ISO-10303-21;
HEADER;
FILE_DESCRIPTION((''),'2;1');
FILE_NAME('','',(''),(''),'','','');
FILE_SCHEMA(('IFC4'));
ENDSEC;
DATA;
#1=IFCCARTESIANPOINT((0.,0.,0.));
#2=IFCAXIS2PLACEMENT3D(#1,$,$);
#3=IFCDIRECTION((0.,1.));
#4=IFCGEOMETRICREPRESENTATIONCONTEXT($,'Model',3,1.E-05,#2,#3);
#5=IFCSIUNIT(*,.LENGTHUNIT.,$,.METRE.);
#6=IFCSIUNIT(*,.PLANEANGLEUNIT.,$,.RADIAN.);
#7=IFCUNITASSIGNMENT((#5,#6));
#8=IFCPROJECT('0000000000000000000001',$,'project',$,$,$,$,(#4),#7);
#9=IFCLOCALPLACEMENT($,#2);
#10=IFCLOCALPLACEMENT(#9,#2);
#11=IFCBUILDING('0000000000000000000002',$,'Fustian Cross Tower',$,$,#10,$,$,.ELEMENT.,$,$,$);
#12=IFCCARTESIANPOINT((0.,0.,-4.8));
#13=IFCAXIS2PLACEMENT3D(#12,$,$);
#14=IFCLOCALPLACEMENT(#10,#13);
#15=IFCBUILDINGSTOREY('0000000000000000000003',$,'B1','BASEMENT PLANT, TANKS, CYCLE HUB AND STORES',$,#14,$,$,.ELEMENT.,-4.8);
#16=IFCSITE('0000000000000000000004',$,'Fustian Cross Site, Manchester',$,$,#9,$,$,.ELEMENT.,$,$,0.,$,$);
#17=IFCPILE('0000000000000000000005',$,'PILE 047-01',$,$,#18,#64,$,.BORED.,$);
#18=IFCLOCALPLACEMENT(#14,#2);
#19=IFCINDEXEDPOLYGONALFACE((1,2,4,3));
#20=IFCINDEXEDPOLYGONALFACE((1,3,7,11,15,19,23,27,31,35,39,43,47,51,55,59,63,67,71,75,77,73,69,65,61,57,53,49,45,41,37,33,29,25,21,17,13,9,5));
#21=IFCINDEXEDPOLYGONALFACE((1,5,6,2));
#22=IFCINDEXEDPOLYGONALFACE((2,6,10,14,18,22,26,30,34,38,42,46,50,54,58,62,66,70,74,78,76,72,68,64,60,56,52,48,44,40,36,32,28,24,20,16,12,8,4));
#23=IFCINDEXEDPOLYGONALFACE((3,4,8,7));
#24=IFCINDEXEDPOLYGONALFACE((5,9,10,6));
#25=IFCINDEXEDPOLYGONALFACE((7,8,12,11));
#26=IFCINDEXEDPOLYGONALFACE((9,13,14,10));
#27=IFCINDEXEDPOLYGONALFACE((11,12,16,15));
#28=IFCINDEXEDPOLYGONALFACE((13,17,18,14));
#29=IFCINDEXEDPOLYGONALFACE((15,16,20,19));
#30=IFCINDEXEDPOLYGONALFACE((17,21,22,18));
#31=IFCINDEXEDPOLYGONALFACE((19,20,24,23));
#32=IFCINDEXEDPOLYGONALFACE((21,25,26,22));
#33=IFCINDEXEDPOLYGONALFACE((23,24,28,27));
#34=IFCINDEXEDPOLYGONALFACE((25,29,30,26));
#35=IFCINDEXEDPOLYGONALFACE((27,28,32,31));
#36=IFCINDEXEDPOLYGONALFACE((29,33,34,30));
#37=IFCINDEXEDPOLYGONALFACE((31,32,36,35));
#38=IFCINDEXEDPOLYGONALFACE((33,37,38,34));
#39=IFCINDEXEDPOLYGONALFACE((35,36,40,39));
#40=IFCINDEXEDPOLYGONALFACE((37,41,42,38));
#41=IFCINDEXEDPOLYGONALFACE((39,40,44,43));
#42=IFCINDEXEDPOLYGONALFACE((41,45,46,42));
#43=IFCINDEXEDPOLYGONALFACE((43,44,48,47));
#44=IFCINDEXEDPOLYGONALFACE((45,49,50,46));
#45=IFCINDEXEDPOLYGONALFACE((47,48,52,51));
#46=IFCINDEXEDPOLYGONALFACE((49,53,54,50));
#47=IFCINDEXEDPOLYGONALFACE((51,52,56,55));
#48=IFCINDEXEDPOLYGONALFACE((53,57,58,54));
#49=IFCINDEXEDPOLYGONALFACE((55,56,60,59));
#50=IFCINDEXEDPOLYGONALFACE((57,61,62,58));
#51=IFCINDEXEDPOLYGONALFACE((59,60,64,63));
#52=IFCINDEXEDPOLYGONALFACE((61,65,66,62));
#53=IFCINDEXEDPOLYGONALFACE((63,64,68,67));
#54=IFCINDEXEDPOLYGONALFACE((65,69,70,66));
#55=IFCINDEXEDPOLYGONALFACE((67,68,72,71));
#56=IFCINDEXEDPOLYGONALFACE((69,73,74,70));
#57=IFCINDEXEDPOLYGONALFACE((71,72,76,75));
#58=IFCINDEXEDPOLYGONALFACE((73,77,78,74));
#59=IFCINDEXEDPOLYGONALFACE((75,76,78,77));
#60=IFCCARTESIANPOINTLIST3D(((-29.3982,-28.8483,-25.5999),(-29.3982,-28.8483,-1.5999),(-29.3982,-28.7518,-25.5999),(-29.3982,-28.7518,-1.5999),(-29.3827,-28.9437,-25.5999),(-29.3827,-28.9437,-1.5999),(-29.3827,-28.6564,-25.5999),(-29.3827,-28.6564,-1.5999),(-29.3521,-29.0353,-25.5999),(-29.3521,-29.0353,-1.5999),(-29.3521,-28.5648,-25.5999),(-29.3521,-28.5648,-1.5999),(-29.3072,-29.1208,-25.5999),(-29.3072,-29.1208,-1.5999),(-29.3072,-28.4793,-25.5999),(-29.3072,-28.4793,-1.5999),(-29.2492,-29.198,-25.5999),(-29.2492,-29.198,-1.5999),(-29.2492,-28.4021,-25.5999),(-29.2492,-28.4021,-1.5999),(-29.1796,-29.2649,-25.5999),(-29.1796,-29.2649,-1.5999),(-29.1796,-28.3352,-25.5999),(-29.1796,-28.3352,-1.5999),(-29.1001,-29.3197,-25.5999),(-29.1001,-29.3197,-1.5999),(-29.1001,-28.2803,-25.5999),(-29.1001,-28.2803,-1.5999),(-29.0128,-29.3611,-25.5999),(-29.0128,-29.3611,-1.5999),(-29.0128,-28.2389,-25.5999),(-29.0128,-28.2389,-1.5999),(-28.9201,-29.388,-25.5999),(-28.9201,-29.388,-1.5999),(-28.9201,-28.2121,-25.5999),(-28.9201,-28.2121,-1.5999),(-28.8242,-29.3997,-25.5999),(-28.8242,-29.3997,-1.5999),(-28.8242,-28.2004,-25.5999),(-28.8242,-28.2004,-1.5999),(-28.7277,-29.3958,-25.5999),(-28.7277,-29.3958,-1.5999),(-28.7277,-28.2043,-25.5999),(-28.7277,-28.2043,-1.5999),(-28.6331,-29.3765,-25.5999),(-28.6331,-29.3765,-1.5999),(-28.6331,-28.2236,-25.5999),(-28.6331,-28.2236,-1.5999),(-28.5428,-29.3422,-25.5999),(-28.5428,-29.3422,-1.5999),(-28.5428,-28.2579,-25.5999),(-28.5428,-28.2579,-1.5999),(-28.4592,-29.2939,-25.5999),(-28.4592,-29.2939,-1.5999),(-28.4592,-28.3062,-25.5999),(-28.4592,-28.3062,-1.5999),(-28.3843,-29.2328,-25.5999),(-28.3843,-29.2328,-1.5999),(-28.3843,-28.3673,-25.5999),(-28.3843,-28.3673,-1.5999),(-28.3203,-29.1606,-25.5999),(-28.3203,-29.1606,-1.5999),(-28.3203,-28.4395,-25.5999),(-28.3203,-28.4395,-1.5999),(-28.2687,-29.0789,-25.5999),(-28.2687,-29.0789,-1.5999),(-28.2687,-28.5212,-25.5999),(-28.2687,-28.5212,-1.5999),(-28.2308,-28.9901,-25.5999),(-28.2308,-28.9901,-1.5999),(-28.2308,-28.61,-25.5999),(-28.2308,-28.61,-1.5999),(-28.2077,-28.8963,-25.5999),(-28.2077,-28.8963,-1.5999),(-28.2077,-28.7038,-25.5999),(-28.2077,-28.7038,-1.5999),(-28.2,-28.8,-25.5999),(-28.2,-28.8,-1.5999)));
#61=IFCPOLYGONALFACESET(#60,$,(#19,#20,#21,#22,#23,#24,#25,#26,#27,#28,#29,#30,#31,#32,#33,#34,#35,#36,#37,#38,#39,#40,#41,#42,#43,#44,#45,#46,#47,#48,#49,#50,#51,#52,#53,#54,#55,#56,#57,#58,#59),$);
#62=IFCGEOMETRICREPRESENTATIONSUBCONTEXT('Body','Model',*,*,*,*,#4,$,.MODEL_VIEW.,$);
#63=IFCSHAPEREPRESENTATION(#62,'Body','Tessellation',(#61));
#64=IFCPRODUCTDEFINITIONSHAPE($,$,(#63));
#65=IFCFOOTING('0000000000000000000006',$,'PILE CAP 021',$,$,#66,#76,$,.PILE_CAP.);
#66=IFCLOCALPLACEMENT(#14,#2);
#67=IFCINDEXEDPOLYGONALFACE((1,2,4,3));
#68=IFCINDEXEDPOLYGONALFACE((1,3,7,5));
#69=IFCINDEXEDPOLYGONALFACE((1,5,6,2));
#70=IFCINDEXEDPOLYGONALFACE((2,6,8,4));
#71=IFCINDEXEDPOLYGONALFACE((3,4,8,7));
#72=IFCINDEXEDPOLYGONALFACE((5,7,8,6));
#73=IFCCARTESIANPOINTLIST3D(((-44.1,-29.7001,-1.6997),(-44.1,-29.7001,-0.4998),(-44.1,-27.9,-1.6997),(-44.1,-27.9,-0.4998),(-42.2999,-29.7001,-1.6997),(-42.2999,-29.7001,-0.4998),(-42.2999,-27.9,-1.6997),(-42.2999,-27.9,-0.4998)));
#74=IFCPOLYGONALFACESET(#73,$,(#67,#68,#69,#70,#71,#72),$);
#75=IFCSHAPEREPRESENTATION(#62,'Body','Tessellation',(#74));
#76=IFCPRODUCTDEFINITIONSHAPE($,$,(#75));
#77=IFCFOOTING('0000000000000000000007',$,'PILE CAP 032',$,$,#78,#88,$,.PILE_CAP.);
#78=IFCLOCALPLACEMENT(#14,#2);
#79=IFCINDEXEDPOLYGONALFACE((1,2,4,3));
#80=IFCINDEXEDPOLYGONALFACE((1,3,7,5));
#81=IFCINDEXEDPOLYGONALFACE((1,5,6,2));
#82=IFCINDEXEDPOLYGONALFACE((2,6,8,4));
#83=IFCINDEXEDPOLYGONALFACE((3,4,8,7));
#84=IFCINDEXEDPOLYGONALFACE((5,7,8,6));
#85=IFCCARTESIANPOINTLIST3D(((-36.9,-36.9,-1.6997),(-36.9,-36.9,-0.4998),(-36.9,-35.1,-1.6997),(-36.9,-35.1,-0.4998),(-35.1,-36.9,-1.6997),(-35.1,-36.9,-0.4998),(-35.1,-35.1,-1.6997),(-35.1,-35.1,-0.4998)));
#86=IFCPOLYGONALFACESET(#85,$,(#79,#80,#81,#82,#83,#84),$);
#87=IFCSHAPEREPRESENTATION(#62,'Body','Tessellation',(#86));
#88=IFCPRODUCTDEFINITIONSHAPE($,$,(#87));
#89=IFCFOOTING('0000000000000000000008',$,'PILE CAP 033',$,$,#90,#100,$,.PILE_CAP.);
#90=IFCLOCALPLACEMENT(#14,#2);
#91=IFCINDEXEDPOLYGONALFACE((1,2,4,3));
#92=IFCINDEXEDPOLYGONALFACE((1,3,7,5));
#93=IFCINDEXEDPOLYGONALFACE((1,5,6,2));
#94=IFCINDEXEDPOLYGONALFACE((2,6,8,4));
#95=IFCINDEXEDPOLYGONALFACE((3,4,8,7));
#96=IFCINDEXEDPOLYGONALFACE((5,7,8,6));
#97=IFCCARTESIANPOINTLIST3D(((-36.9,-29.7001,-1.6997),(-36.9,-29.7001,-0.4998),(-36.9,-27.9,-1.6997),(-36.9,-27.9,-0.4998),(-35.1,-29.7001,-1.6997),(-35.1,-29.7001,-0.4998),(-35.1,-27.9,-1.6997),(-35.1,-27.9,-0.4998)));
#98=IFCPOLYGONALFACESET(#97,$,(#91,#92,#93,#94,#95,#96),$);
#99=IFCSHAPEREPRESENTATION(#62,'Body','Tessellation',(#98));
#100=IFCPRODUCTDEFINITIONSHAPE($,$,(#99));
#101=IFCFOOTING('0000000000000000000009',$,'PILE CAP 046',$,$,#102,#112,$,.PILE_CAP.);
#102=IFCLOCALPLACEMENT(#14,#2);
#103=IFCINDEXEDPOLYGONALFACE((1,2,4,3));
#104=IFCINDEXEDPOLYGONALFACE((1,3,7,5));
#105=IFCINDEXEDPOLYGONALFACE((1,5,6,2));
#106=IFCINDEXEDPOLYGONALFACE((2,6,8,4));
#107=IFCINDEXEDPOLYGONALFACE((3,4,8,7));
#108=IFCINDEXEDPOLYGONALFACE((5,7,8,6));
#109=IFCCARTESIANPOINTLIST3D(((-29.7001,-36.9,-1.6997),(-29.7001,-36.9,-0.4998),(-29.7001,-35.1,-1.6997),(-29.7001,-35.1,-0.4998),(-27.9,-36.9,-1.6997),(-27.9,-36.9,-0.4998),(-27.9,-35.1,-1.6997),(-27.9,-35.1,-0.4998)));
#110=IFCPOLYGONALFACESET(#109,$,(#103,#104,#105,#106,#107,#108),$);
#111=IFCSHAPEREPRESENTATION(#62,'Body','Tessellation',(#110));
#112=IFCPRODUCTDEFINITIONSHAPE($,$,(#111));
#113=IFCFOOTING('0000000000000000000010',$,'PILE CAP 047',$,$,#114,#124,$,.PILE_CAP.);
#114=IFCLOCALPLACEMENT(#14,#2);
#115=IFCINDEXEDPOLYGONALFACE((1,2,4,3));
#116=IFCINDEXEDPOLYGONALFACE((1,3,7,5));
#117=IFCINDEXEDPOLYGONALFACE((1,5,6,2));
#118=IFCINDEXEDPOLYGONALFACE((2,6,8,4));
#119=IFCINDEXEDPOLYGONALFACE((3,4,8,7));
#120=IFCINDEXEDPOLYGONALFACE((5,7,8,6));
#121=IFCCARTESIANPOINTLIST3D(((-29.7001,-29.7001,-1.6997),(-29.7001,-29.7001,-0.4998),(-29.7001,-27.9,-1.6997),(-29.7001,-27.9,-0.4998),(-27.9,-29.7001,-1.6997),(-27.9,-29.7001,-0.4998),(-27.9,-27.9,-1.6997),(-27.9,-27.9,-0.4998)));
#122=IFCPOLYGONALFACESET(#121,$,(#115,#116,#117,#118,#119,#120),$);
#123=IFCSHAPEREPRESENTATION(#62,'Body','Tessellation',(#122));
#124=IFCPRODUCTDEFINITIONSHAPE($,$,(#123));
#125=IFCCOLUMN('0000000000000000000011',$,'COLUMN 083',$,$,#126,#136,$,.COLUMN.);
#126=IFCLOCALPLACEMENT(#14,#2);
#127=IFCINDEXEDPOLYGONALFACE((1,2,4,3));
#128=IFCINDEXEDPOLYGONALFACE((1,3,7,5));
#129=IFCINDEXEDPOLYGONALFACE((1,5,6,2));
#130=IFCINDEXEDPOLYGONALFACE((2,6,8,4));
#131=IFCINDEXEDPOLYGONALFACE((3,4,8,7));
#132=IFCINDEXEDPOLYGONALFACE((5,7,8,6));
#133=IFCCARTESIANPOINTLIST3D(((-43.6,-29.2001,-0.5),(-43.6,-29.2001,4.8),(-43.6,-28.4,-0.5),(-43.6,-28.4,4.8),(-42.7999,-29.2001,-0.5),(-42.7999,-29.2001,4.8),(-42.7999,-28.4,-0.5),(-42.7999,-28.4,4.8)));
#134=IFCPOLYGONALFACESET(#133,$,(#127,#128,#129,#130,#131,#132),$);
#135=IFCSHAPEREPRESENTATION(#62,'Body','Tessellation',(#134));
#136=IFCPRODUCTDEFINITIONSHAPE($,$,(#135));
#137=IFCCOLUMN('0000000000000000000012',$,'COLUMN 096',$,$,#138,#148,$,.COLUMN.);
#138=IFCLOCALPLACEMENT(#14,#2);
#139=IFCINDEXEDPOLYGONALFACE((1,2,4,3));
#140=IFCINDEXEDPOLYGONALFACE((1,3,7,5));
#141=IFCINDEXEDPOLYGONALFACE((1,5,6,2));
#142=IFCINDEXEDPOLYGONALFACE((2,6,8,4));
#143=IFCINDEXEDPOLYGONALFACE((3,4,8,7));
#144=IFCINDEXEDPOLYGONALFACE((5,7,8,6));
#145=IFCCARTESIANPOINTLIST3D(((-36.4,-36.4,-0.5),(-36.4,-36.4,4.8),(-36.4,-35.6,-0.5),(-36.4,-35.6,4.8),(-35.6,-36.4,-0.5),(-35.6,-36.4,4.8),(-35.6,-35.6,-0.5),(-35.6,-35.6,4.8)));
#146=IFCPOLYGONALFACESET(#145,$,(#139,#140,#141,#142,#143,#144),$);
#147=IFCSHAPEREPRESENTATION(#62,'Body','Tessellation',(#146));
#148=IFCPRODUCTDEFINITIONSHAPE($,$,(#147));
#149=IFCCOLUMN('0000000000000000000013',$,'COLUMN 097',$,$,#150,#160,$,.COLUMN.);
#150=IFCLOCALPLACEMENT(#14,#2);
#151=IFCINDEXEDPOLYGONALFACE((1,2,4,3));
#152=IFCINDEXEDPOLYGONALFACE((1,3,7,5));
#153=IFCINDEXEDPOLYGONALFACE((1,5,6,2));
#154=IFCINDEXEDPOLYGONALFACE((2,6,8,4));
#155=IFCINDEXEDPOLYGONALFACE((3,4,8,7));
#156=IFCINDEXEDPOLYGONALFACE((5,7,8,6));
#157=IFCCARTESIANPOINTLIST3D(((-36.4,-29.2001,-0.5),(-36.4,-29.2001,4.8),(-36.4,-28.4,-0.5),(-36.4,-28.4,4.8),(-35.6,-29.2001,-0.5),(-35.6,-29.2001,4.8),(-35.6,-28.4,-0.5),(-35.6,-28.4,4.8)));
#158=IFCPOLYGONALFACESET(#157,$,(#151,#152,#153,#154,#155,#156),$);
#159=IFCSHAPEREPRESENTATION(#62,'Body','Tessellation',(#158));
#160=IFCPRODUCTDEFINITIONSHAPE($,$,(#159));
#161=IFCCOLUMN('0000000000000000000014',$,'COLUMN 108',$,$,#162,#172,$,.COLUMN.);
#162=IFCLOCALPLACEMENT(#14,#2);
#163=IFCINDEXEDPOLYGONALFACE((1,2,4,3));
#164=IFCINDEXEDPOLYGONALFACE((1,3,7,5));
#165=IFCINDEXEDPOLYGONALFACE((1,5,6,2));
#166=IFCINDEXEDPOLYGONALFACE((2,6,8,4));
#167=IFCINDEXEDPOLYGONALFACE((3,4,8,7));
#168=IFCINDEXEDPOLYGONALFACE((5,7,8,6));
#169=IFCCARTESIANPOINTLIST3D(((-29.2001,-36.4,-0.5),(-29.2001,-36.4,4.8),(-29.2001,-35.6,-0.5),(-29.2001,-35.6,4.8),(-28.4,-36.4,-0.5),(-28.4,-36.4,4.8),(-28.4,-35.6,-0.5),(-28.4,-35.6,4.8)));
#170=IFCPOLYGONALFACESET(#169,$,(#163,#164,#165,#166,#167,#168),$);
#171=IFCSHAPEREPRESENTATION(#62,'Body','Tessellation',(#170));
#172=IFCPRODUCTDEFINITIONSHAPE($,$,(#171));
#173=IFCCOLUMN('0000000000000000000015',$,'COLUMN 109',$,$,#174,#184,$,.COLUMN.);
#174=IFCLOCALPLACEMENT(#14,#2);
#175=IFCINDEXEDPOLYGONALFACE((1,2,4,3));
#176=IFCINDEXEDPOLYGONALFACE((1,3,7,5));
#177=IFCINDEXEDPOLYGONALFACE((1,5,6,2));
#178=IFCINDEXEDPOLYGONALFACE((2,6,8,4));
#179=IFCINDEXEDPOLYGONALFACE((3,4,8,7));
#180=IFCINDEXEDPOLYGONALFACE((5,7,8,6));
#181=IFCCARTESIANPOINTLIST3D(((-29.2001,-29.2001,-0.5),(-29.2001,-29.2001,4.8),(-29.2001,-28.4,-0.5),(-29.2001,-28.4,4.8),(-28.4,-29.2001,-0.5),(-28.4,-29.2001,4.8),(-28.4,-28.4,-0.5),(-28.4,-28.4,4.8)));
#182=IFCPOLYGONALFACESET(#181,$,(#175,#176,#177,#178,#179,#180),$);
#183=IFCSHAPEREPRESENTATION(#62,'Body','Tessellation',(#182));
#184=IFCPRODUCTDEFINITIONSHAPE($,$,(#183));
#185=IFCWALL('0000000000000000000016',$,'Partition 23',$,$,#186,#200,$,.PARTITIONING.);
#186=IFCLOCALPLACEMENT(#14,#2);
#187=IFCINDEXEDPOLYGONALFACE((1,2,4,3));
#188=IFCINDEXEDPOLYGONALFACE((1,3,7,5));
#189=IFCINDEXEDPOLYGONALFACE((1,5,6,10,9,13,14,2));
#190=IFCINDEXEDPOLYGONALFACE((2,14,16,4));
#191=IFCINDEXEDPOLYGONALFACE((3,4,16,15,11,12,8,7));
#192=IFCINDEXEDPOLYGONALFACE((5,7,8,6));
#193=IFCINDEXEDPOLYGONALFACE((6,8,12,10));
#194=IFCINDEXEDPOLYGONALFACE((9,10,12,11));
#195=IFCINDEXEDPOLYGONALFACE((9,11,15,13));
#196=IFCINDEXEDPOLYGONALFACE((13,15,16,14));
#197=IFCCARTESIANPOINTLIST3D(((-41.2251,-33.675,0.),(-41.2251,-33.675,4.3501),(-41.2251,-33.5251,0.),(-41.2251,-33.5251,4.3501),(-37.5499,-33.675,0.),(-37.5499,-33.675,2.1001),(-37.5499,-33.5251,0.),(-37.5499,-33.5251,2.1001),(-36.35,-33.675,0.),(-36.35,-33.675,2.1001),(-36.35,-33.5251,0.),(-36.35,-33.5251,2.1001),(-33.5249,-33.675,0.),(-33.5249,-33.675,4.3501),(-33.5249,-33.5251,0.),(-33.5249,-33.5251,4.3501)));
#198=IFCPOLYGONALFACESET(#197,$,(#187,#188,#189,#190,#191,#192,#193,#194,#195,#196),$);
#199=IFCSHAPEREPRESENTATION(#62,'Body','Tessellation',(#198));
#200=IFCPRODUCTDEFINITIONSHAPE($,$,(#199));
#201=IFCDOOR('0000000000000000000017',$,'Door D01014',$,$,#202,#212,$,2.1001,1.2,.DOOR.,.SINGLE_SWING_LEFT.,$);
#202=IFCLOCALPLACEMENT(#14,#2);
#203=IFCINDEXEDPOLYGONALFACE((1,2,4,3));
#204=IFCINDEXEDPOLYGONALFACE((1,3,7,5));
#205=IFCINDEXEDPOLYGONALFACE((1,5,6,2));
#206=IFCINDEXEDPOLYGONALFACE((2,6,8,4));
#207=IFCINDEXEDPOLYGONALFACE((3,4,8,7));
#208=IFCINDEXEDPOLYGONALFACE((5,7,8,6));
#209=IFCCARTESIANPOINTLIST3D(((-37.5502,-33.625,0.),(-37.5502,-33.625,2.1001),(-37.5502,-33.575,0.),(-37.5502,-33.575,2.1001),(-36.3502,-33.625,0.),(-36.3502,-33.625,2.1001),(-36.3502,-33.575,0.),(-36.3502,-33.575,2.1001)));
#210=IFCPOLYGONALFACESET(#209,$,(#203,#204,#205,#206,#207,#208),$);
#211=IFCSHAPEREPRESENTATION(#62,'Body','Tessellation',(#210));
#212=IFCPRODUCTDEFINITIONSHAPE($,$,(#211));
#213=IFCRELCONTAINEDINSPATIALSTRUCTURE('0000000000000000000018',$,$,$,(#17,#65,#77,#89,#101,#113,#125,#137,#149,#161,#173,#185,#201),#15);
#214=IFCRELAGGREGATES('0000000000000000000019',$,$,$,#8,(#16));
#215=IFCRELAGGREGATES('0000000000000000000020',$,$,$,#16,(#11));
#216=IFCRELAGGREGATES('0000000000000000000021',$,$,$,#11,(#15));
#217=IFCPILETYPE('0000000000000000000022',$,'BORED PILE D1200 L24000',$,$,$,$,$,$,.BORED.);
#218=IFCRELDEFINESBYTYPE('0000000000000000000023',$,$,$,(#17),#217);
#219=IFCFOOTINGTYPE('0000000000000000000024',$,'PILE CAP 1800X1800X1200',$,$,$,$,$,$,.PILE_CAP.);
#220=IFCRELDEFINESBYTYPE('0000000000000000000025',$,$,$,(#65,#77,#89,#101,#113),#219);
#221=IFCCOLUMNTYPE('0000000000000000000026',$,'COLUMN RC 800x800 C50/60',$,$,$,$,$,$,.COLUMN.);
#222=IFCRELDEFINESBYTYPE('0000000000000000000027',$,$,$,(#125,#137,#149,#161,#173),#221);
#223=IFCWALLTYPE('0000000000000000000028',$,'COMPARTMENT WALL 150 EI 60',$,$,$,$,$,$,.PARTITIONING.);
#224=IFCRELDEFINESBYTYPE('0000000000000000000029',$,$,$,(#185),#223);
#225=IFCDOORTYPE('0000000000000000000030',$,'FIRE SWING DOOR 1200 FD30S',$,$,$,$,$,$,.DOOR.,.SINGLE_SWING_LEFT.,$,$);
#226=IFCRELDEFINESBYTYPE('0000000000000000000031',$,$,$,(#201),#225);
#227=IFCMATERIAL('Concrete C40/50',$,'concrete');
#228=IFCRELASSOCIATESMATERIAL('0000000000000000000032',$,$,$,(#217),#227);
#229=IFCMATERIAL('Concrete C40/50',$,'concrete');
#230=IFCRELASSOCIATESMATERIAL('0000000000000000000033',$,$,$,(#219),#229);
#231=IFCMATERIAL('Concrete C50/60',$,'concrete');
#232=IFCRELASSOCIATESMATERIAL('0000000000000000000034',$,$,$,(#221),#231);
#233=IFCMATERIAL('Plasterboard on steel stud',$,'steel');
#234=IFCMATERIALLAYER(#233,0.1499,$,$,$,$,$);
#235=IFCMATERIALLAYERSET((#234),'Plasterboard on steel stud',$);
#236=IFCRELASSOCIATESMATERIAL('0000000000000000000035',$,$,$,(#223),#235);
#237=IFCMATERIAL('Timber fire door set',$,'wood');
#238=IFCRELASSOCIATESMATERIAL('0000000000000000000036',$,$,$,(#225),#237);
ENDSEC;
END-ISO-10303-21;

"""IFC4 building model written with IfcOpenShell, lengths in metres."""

from ifc_helpers import new_model, si_unit, direction, frame, frame_2d, origin, origin_2d, place, context, subcontext, project, spatial, rectangle, circle, extrude, material, layer, layer_set, material_profile, profile_set, type_object, element, fill, save


model = new_model("IFC4")

# Units and contexts
model_context = context("Model", 3, precision=1e-05, world=origin(), true_north=direction((0.0, 1.0)))
body_context = subcontext(model_context, "Body", "Model", "MODEL_VIEW")
ifc_project = project(units=[si_unit("LENGTHUNIT", "METRE"), si_unit("PLANEANGLEUNIT", "RADIAN")], contexts=[model_context])

# Site, building, storey
site_placement = place(None, origin())
site = spatial("IfcSite", under=ifc_project, at=site_placement, Name="Fustian Cross Site, Manchester", CompositionType="ELEMENT", RefElevation=0.0)
building_placement = place(site_placement, origin())
building = spatial("IfcBuilding", under=site, at=building_placement, Name="Fustian Cross Tower", CompositionType="ELEMENT")
storey_placement = place(building_placement, frame((0.0, 0.0, -4.8)))
storey = spatial("IfcBuildingStorey", under=building, at=storey_placement, Name="B1", Description="BASEMENT PLANT, TANKS, CYCLE HUB AND STORES", CompositionType="ELEMENT", Elevation=-4.8)

# Pile
ifc_material_1 = material(Name="Concrete C40/50", Category="concrete")
ifc_material_profile_1 = material_profile(ifc_material_1, circle(Radius=0.6001, at=origin_2d()), Name="BORED PILE D1200 L24000")
ifc_profile_set_1 = profile_set([ifc_material_profile_1], Name="Concrete C40/50")
pile_type = type_object("IfcPileType", Name="BORED PILE D1200 L24000", PredefinedType="BORED", material=ifc_profile_set_1)
for number, where, z_axis, x_axis, name in (
    (1, (-28.8, -28.8, -1.5999), (0.0, 0.0, -1.0), (1.0, 0.0, 0.0), "PILE 047-01"),
):
    element("IfcPile", number, at=place(storey_placement, frame(where, z_axis=z_axis, x_axis=x_axis)), inside=storey, type_object=pile_type, Name=name, PredefinedType="BORED", context=body_context, shape_type="SweptSolid", body=[
        extrude(circle(Radius=0.6001, at=origin_2d()), origin(), (0.0, 0.0, 1.0), 24.0),
    ])

# Footings
ifc_material_2 = material(Name="Concrete C40/50", Category="concrete")
footing_type = type_object("IfcFootingType", Name="PILE CAP 1800X1800X1200", PredefinedType="PILE_CAP", material=ifc_material_2)
for number, where, z_axis, x_axis, name in (
    (2, (-43.2, -28.8, -1.6997), (0.0, 0.0, 1.0), (1.0, 0.0, 0.0), "PILE CAP 021"),
    (3, (-36.0, -36.0, -1.6997), (0.0, 0.0, 1.0), (1.0, 0.0, 0.0), "PILE CAP 032"),
    (4, (-36.0, -28.8, -1.6997), (0.0, 0.0, 1.0), (1.0, 0.0, 0.0), "PILE CAP 033"),
    (5, (-28.8, -36.0, -1.6997), (0.0, 0.0, 1.0), (1.0, 0.0, 0.0), "PILE CAP 046"),
    (6, (-28.8, -28.8, -1.6997), (0.0, 0.0, 1.0), (1.0, 0.0, 0.0), "PILE CAP 047"),
):
    element("IfcFooting", number, at=place(storey_placement, frame(where, z_axis=z_axis, x_axis=x_axis)), inside=storey, type_object=footing_type, Name=name, PredefinedType="PILE_CAP", context=body_context, shape_type="SweptSolid", body=[
        extrude(rectangle(XDim=1.8, YDim=1.8, at=origin_2d()), origin(), (0.0, 0.0, 1.0), 1.2),
    ])

# Columns
ifc_material_3 = material(Name="Concrete C50/60", Category="concrete")
ifc_material_profile_2 = material_profile(ifc_material_3, rectangle(XDim=0.8, YDim=0.8, at=origin_2d()), Name="RC 800x800")
ifc_profile_set_2 = profile_set([ifc_material_profile_2], Name="Concrete C50/60")
column_type = type_object("IfcColumnType", Name="COLUMN RC 800x800 C50/60", PredefinedType="COLUMN", material=ifc_profile_set_2)
for number, where, z_axis, x_axis, name in (
    (7, (-43.2, -28.8, -0.5), (0.0, 0.0, 1.0), (1.0, 0.0, 0.0), "COLUMN 083"),
    (8, (-36.0, -36.0, -0.5), (0.0, 0.0, 1.0), (1.0, 0.0, 0.0), "COLUMN 096"),
    (9, (-36.0, -28.8, -0.5), (0.0, 0.0, 1.0), (1.0, 0.0, 0.0), "COLUMN 097"),
    (10, (-28.8, -36.0, -0.5), (0.0, 0.0, 1.0), (1.0, 0.0, 0.0), "COLUMN 108"),
    (11, (-28.8, -28.8, -0.5), (0.0, 0.0, 1.0), (1.0, 0.0, 0.0), "COLUMN 109"),
):
    element("IfcColumn", number, at=place(storey_placement, frame(where, z_axis=z_axis, x_axis=x_axis)), inside=storey, type_object=column_type, Name=name, PredefinedType="COLUMN", context=body_context, shape_type="SweptSolid", body=[
        extrude(rectangle(XDim=0.8, YDim=0.8, at=origin_2d()), origin(), (0.0, 0.0, 1.0), 5.3),
    ])

# Wall, opening, door
ifc_material_4 = material(Name="Plasterboard on steel stud", Category="steel")
ifc_layer = layer(ifc_material_4, 0.1499)
ifc_layer_set = layer_set([ifc_layer], Name="Plasterboard on steel stud")
wall_type = type_object("IfcWallType", Name="COMPARTMENT WALL 150 EI 60", PredefinedType="PARTITIONING", material=ifc_layer_set)
wall_1_placement = place(storey_placement, frame((-41.2251, -33.6001, 0.0), z_axis=(0.0, 0.0, 1.0), x_axis=(1.0, 0.0, 0.0)))
wall_1 = element("IfcWall", 12, at=wall_1_placement, inside=storey, type_object=wall_type, Name="Partition 23", PredefinedType="PARTITIONING", context=body_context, shape_type="SweptSolid", body=[
    extrude(rectangle(XDim=7.7002, YDim=0.1499, at=frame_2d((3.8501, 0.0))), origin(), (0.0, 0.0, 1.0), 4.3501),
])
opening_1_placement = place(wall_1_placement, frame((3.675, 0.0, 0.0)))
opening_1 = element("IfcOpeningElement", 13, at=opening_1_placement, cuts=wall_1, PredefinedType="OPENING", context=body_context, shape_type="SweptSolid", body=[
    extrude(rectangle(XDim=1.2, YDim=2.1001, at=frame_2d((0.6001, 1.05))), frame((0.0, 0.085, 0.0), z_axis=(0.0, -1.0, 0.0), x_axis=(1.0, 0.0, 0.0)), (0.0, 0.0, 1.0), 0.1699),
])
ifc_material_5 = material(Name="Timber fire door set", Category="wood")
door_type_1 = type_object("IfcDoorType", Name="FIRE SWING DOOR 1200 FD30S", OperationType="SINGLE_SWING_LEFT", PredefinedType="DOOR", material=ifc_material_5)
door_1_placement = place(opening_1_placement, frame((1.2, 0.0, 0.0), z_axis=(0.0, 0.0, 1.0), x_axis=(-1.0, 0.0, 0.0)))
door_1 = element("IfcDoor", 14, at=door_1_placement, inside=storey, type_object=door_type_1, Name="Door D01014", OperationType="SINGLE_SWING_LEFT", OverallHeight=2.1001, OverallWidth=1.2, PredefinedType="DOOR", context=body_context, shape_type="SweptSolid", body=[
    extrude(rectangle(XDim=1.2, YDim=2.1001, at=frame_2d((0.6001, 1.05))), frame((0.0, 0.0249, 0.0), z_axis=(0.0, -1.0, 0.0), x_axis=(1.0, 0.0, 0.0)), (0.0, 0.0, 1.0), 0.05),
])
fill(opening_1, door_1)

save(model, "model.ifc")
